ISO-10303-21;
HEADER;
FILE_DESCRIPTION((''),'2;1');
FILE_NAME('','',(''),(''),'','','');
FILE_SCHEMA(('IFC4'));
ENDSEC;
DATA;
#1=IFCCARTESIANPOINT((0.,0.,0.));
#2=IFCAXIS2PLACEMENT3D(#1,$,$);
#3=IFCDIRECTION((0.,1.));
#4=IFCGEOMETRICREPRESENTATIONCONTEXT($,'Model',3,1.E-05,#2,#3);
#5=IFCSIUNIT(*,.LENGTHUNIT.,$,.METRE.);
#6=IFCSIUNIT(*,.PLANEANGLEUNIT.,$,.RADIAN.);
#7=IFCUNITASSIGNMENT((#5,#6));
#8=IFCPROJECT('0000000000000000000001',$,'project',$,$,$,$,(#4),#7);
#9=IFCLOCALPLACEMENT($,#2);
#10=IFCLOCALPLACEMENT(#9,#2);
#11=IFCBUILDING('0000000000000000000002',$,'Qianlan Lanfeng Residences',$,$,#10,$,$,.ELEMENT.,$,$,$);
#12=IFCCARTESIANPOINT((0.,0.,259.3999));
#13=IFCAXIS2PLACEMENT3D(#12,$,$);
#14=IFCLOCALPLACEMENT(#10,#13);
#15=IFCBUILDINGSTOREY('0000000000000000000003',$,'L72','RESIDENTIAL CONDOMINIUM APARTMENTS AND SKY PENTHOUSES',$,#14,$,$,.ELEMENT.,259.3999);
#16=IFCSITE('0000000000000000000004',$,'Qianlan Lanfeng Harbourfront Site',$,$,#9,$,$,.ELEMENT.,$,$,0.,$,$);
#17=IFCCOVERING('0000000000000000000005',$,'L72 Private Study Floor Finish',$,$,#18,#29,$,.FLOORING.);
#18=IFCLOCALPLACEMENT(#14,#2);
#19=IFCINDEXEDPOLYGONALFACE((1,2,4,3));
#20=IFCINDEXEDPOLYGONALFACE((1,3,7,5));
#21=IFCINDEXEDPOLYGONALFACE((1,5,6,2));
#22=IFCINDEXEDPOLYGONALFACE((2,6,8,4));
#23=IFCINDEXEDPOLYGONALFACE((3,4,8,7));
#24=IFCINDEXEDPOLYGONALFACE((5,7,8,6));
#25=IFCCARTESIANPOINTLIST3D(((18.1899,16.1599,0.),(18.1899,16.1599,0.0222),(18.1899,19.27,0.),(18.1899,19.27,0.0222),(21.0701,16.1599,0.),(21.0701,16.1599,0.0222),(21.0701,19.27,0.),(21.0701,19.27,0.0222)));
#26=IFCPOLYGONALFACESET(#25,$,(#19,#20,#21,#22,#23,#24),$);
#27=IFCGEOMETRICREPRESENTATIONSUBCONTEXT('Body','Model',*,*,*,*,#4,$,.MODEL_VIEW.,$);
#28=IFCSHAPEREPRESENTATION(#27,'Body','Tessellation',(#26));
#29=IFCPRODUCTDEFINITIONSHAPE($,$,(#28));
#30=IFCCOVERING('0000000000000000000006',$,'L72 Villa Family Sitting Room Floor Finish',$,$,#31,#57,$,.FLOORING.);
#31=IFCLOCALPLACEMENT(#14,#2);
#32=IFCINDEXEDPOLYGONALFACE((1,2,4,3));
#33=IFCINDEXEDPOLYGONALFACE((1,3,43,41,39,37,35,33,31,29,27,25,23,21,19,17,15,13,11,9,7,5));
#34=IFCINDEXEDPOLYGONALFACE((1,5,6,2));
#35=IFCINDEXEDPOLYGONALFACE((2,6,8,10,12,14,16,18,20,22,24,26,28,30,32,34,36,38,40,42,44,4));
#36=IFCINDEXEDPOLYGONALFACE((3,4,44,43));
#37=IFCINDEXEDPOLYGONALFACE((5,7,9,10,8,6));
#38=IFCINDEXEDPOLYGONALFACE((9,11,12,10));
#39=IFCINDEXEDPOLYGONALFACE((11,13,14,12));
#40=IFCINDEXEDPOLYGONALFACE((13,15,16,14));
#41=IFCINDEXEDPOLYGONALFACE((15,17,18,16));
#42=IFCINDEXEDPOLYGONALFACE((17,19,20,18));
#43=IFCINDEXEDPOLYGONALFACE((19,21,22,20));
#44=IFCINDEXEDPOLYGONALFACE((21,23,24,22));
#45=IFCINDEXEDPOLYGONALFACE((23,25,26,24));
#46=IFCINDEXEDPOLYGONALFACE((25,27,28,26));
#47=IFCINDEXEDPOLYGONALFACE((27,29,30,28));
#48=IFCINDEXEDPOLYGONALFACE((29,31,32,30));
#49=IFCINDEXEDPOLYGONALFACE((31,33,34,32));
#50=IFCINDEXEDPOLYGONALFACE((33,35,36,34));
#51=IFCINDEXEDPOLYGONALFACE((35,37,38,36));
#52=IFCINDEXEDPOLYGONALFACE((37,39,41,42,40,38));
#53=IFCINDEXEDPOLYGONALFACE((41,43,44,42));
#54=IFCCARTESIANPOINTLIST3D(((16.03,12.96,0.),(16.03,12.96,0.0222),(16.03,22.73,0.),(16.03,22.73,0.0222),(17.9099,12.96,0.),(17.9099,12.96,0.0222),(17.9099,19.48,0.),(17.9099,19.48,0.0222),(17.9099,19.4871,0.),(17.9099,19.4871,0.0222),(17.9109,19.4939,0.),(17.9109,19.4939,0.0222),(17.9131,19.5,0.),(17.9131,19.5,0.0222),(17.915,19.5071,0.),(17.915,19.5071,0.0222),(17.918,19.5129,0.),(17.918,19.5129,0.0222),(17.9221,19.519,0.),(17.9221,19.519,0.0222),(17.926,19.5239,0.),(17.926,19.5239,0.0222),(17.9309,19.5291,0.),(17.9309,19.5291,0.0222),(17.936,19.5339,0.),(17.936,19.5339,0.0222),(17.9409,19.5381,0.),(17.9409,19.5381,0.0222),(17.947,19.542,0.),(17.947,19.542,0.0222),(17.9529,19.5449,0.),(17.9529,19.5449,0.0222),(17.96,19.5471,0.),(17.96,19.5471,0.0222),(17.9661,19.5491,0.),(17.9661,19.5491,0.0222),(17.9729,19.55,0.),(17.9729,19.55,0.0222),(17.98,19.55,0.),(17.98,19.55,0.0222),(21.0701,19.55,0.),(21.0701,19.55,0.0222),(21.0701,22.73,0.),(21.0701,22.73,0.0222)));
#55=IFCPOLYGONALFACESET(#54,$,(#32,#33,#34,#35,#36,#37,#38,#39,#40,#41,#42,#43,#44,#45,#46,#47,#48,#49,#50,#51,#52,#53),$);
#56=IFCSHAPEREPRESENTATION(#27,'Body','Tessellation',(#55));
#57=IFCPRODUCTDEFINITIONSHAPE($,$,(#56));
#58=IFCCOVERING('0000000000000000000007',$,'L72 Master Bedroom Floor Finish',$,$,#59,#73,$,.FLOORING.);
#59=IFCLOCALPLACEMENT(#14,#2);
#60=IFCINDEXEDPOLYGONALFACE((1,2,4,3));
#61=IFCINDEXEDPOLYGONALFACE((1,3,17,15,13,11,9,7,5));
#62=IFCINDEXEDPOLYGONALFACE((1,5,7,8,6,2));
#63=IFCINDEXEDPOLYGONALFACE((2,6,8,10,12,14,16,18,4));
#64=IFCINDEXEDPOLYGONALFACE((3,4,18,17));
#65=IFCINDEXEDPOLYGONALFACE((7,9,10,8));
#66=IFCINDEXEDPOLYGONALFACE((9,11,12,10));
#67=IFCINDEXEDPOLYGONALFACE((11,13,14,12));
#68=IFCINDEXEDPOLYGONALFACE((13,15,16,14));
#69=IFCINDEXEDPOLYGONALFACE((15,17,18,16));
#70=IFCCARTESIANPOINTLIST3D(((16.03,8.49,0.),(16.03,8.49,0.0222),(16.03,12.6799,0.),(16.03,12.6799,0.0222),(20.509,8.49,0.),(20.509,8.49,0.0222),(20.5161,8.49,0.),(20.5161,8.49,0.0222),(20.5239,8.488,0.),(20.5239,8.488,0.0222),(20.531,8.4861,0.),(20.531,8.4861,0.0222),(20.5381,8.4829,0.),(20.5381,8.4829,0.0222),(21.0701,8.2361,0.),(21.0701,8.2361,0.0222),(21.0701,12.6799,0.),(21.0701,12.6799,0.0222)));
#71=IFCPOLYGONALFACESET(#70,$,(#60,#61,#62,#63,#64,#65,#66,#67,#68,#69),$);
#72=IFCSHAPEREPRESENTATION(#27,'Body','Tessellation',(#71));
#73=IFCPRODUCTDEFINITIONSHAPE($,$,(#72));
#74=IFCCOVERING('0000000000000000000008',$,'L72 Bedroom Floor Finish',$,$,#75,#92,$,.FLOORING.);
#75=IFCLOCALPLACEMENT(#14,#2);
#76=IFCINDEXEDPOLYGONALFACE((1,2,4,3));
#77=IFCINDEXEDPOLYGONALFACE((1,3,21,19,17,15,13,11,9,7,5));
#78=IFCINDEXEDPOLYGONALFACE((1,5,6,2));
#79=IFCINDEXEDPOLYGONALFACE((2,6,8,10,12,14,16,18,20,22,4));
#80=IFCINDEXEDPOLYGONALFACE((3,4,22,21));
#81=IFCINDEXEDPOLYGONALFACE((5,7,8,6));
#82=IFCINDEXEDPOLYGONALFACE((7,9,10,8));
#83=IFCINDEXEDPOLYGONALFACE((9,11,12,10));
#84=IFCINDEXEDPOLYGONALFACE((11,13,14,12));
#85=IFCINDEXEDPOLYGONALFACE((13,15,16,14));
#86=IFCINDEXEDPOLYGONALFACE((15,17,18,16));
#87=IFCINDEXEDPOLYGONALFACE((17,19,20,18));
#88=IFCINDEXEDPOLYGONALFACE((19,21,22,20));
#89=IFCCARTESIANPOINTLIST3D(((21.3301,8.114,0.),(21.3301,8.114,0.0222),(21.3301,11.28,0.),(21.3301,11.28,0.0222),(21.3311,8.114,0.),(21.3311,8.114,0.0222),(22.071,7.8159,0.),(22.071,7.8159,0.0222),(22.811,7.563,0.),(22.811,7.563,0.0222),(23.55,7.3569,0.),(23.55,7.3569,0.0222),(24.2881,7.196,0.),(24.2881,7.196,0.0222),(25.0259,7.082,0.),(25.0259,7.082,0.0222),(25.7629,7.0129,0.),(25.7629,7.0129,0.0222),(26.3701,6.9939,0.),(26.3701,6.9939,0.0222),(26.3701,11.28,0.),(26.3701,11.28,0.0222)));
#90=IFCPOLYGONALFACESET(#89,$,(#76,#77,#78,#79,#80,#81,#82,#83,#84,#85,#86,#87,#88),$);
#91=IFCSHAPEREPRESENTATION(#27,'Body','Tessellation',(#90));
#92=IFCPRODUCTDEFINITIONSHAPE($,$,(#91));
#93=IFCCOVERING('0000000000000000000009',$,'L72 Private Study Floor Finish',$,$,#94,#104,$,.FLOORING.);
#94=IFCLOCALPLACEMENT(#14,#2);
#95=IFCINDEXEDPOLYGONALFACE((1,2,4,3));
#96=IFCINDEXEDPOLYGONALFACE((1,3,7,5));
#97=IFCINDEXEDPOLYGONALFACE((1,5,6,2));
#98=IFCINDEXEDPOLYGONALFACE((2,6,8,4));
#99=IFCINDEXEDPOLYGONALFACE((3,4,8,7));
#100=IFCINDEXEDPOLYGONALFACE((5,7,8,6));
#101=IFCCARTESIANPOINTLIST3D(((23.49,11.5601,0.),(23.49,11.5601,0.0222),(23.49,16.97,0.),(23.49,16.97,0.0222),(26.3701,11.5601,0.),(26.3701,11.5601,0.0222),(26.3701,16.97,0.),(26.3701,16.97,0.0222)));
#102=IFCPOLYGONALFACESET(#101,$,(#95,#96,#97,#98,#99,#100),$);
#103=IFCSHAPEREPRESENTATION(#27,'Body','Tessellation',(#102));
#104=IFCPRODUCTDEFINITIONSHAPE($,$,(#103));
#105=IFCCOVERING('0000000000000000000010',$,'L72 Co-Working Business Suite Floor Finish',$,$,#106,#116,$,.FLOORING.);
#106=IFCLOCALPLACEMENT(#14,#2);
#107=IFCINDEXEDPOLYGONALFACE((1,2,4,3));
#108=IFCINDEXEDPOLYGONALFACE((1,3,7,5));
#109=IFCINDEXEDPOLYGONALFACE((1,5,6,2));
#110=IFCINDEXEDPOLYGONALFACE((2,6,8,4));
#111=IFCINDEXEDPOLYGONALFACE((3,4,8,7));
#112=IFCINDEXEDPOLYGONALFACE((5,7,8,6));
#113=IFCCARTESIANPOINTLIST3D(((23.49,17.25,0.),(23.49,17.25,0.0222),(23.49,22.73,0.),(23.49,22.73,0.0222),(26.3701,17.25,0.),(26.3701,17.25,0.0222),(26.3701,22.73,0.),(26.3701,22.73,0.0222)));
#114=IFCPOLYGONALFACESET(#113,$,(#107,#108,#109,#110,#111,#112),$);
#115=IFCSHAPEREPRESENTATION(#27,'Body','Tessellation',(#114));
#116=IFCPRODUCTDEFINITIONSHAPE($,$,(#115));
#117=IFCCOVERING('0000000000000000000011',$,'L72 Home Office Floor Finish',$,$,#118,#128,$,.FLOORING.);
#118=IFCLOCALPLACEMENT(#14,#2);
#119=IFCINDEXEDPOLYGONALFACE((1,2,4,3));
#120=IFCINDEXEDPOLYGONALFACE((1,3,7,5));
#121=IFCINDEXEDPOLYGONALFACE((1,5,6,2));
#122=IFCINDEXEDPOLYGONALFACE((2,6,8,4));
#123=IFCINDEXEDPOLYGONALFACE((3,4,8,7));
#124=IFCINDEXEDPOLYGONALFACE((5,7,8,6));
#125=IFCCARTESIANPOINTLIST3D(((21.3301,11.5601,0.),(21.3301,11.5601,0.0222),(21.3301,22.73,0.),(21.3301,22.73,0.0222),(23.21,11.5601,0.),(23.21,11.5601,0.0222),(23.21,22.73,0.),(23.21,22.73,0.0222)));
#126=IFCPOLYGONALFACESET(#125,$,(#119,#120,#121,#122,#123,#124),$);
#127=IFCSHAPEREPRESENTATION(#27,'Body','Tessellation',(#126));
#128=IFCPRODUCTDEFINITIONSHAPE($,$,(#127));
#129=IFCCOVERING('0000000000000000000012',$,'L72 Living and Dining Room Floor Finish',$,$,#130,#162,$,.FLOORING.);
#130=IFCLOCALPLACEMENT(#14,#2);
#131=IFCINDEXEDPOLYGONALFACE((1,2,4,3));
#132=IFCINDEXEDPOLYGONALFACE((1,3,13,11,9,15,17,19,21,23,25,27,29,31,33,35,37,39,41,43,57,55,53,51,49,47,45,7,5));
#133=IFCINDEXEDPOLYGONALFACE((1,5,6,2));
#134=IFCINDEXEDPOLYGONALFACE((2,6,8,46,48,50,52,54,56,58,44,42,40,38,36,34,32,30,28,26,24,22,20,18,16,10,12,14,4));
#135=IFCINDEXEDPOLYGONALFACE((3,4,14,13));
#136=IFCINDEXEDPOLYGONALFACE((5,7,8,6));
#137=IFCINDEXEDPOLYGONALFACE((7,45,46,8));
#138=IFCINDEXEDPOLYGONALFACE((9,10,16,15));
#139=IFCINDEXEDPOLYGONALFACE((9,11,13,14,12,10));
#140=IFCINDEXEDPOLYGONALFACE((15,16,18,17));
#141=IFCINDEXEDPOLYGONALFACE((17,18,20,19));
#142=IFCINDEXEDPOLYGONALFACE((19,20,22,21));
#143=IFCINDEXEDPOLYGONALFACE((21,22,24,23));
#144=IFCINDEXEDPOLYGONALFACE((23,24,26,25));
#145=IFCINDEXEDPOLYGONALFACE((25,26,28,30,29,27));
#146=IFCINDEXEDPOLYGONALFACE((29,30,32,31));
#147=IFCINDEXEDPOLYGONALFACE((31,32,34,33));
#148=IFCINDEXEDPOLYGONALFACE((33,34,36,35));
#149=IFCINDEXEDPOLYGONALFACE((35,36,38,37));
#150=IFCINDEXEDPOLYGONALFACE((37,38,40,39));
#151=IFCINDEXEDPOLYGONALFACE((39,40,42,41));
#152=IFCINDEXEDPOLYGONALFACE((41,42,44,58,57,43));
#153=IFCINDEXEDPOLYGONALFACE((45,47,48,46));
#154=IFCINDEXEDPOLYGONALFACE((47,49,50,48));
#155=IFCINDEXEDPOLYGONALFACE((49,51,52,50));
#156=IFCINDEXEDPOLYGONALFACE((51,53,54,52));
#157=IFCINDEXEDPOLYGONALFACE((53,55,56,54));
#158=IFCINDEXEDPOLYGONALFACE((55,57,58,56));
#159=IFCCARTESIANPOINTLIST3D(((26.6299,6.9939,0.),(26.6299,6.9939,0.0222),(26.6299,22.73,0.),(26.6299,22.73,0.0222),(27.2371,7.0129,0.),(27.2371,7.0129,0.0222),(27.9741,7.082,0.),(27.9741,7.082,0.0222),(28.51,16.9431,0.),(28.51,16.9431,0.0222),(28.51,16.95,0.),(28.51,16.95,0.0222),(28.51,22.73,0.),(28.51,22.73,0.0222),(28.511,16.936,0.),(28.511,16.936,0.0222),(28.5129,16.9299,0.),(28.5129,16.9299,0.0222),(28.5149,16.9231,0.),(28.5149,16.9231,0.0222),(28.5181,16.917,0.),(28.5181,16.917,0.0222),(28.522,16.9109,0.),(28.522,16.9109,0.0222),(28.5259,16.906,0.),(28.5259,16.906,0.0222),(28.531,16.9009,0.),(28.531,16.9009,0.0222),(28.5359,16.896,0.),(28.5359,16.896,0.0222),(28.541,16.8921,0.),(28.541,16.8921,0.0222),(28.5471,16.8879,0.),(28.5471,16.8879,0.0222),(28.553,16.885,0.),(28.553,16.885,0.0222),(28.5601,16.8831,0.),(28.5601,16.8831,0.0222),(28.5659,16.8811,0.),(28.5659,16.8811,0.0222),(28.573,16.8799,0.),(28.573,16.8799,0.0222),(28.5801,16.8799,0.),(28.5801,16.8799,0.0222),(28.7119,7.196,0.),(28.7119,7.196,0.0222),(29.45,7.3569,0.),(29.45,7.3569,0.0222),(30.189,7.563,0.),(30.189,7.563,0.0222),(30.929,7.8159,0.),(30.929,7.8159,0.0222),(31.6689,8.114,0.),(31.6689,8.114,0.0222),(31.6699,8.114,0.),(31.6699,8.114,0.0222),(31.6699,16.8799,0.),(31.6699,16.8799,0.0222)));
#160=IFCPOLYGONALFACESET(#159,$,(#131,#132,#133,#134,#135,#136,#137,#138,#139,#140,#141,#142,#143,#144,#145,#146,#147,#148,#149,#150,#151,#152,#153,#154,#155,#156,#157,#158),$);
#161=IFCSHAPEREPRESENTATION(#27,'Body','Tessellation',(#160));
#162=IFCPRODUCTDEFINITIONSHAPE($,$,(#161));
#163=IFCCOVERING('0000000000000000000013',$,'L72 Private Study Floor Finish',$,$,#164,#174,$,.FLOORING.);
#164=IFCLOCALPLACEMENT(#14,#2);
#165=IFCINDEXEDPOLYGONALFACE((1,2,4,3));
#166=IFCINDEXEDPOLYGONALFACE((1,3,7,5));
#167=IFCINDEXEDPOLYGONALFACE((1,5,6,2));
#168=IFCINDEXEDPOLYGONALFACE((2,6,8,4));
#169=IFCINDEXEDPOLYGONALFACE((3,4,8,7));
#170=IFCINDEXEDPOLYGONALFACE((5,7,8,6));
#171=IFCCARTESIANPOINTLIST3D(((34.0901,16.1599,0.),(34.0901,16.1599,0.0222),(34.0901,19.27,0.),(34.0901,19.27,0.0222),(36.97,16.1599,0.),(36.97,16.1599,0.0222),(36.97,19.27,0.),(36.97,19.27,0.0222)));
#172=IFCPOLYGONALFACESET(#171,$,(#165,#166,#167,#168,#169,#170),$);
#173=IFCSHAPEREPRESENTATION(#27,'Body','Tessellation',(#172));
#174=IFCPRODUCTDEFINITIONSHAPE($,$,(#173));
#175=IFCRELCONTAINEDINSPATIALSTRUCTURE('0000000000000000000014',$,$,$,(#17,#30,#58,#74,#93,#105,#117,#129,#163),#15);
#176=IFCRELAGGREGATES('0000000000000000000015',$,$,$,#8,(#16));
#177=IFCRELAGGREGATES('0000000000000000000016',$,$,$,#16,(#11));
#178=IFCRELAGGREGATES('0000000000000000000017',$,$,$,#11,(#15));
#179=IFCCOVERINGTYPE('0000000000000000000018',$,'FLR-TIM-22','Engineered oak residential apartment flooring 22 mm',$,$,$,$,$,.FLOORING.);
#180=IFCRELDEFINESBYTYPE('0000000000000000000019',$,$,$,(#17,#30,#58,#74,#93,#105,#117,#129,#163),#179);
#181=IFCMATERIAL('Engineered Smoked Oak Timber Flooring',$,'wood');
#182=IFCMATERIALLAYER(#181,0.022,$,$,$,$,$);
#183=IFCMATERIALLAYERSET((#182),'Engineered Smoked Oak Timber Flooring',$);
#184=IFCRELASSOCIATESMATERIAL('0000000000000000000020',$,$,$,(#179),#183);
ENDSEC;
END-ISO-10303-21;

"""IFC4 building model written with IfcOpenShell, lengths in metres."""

from ifc_helpers import new_model, si_unit, direction, frame, origin, place, context, subcontext, project, spatial, polyline, outline, extrude, material, layer, layer_set, type_object, element, save


model = new_model("IFC4")

# Units and contexts
model_context = context("Model", 3, precision=1e-05, world=origin(), true_north=direction((0.0, 1.0)))
body_context = subcontext(model_context, "Body", "Model", "MODEL_VIEW")
ifc_project = project(units=[si_unit("LENGTHUNIT", "METRE"), si_unit("PLANEANGLEUNIT", "RADIAN")], contexts=[model_context])

# Site, building, storey
site_placement = place(None, origin())
site = spatial("IfcSite", under=ifc_project, at=site_placement, Name="Qianlan Lanfeng Harbourfront Site", CompositionType="ELEMENT", RefElevation=0.0)
building_placement = place(site_placement, origin())
building = spatial("IfcBuilding", under=site, at=building_placement, Name="Qianlan Lanfeng Residences", CompositionType="ELEMENT")
storey_placement = place(building_placement, frame((0.0, 0.0, 259.3999)))
storey = spatial("IfcBuildingStorey", under=building, at=storey_placement, Name="L72", Description="RESIDENTIAL CONDOMINIUM APARTMENTS AND SKY PENTHOUSES", CompositionType="ELEMENT", Elevation=259.3999)

# Coverings
ifc_material_1 = material(Name="Engineered Smoked Oak Timber Flooring", Category="wood")
ifc_layer_1 = layer(ifc_material_1, 0.022)
ifc_layer_set_1 = layer_set([ifc_layer_1], Name="Engineered Smoked Oak Timber Flooring")
covering_type_1 = type_object("IfcCoveringType", Name="FLR-TIM-22", Description="Engineered oak residential apartment flooring 22 mm", PredefinedType="FLOORING", material=ifc_layer_set_1)
covering_1_placement = place(storey_placement, origin())
element("IfcCovering", 1, at=covering_1_placement, inside=storey, type_object=covering_type_1, Name="L72 Private Study Floor Finish", PredefinedType="FLOORING", context=body_context, shape_type="SweptSolid", body=[
    extrude(outline(polyline([(18.1899, 16.1599), (21.0701, 16.1599), (21.0701, 19.27), (18.1899, 19.27), (18.1899, 16.1599)])), origin(), (0.0, 0.0, 1.0), 0.0222),
])
covering_2_placement = place(storey_placement, origin())
element("IfcCovering", 2, at=covering_2_placement, inside=storey, type_object=covering_type_1, Name="L72 Villa Family Sitting Room Floor Finish", PredefinedType="FLOORING", context=body_context, shape_type="SweptSolid", body=[
    extrude(outline(polyline([(16.03, 12.96), (17.9099, 12.96), (17.9099, 19.48), (17.9099, 19.4871), (17.9109, 19.4939), (17.9131, 19.5), (17.915, 19.5071), (17.918, 19.5129), (17.9221, 19.519), (17.926, 19.5239), (17.9309, 19.5291), (17.936, 19.5339), (17.9409, 19.5381), (17.947, 19.542), (17.9529, 19.5449), (17.96, 19.5471), (17.9661, 19.5491), (17.9729, 19.55), (17.98, 19.55), (21.0701, 19.55), (21.0701, 22.73), (16.03, 22.73), (16.03, 12.96)])), origin(), (0.0, 0.0, 1.0), 0.0222),
])
covering_3_placement = place(storey_placement, origin())
element("IfcCovering", 3, at=covering_3_placement, inside=storey, type_object=covering_type_1, Name="L72 Master Bedroom Floor Finish", PredefinedType="FLOORING", context=body_context, shape_type="SweptSolid", body=[
    extrude(outline(polyline([(16.03, 12.6799), (16.03, 8.49), (20.509, 8.49), (20.5161, 8.49), (20.5239, 8.488), (20.531, 8.4861), (20.5381, 8.4829), (21.0701, 8.2361), (21.0701, 12.6799), (16.03, 12.6799)])), origin(), (0.0, 0.0, 1.0), 0.0222),
])
covering_4_placement = place(storey_placement, origin())
element("IfcCovering", 4, at=covering_4_placement, inside=storey, type_object=covering_type_1, Name="L72 Bedroom Floor Finish", PredefinedType="FLOORING", context=body_context, shape_type="SweptSolid", body=[
    extrude(outline(polyline([(21.3301, 11.28), (21.3301, 8.114), (21.3311, 8.114), (22.071, 7.8159), (22.811, 7.563), (23.55, 7.3569), (24.2881, 7.196), (25.0259, 7.082), (25.7629, 7.0129), (26.3701, 6.9939), (26.3701, 11.28), (21.3301, 11.28)])), origin(), (0.0, 0.0, 1.0), 0.0222),
])
covering_5_placement = place(storey_placement, origin())
element("IfcCovering", 5, at=covering_5_placement, inside=storey, type_object=covering_type_1, Name="L72 Private Study Floor Finish", PredefinedType="FLOORING", context=body_context, shape_type="SweptSolid", body=[
    extrude(outline(polyline([(23.49, 11.5601), (26.3701, 11.5601), (26.3701, 16.97), (23.49, 16.97), (23.49, 11.5601)])), origin(), (0.0, 0.0, 1.0), 0.0222),
])
covering_6_placement = place(storey_placement, origin())
element("IfcCovering", 6, at=covering_6_placement, inside=storey, type_object=covering_type_1, Name="L72 Co-Working Business Suite Floor Finish", PredefinedType="FLOORING", context=body_context, shape_type="SweptSolid", body=[
    extrude(outline(polyline([(23.49, 17.25), (26.3701, 17.25), (26.3701, 22.73), (23.49, 22.73), (23.49, 17.25)])), origin(), (0.0, 0.0, 1.0), 0.0222),
])
covering_7_placement = place(storey_placement, origin())
element("IfcCovering", 7, at=covering_7_placement, inside=storey, type_object=covering_type_1, Name="L72 Home Office Floor Finish", PredefinedType="FLOORING", context=body_context, shape_type="SweptSolid", body=[
    extrude(outline(polyline([(21.3301, 11.5601), (23.21, 11.5601), (23.21, 22.73), (21.3301, 22.73), (21.3301, 11.5601)])), origin(), (0.0, 0.0, 1.0), 0.0222),
])
covering_8_placement = place(storey_placement, origin())
element("IfcCovering", 8, at=covering_8_placement, inside=storey, type_object=covering_type_1, Name="L72 Living and Dining Room Floor Finish", PredefinedType="FLOORING", context=body_context, shape_type="SweptSolid", body=[
    extrude(outline(polyline([(31.6699, 8.114), (31.6699, 16.8799), (28.5801, 16.8799), (28.573, 16.8799), (28.5659, 16.8811), (28.5601, 16.8831), (28.553, 16.885), (28.5471, 16.8879), (28.541, 16.8921), (28.5359, 16.896), (28.531, 16.9009), (28.5259, 16.906), (28.522, 16.9109), (28.5181, 16.917), (28.5149, 16.9231), (28.5129, 16.9299), (28.511, 16.936), (28.51, 16.9431), (28.51, 16.95), (28.51, 22.73), (26.6299, 22.73), (26.6299, 6.9939), (27.2371, 7.0129), (27.9741, 7.082), (28.7119, 7.196), (29.45, 7.3569), (30.189, 7.563), (30.929, 7.8159), (31.6689, 8.114), (31.6699, 8.114)])), origin(), (0.0, 0.0, 1.0), 0.0222),
])
covering_9_placement = place(storey_placement, origin())
element("IfcCovering", 9, at=covering_9_placement, inside=storey, type_object=covering_type_1, Name="L72 Private Study Floor Finish", PredefinedType="FLOORING", context=body_context, shape_type="SweptSolid", body=[
    extrude(outline(polyline([(34.0901, 16.1599), (36.97, 16.1599), (36.97, 19.27), (34.0901, 19.27), (34.0901, 16.1599)])), origin(), (0.0, 0.0, 1.0), 0.0222),
])

save(model, "model.ifc")
